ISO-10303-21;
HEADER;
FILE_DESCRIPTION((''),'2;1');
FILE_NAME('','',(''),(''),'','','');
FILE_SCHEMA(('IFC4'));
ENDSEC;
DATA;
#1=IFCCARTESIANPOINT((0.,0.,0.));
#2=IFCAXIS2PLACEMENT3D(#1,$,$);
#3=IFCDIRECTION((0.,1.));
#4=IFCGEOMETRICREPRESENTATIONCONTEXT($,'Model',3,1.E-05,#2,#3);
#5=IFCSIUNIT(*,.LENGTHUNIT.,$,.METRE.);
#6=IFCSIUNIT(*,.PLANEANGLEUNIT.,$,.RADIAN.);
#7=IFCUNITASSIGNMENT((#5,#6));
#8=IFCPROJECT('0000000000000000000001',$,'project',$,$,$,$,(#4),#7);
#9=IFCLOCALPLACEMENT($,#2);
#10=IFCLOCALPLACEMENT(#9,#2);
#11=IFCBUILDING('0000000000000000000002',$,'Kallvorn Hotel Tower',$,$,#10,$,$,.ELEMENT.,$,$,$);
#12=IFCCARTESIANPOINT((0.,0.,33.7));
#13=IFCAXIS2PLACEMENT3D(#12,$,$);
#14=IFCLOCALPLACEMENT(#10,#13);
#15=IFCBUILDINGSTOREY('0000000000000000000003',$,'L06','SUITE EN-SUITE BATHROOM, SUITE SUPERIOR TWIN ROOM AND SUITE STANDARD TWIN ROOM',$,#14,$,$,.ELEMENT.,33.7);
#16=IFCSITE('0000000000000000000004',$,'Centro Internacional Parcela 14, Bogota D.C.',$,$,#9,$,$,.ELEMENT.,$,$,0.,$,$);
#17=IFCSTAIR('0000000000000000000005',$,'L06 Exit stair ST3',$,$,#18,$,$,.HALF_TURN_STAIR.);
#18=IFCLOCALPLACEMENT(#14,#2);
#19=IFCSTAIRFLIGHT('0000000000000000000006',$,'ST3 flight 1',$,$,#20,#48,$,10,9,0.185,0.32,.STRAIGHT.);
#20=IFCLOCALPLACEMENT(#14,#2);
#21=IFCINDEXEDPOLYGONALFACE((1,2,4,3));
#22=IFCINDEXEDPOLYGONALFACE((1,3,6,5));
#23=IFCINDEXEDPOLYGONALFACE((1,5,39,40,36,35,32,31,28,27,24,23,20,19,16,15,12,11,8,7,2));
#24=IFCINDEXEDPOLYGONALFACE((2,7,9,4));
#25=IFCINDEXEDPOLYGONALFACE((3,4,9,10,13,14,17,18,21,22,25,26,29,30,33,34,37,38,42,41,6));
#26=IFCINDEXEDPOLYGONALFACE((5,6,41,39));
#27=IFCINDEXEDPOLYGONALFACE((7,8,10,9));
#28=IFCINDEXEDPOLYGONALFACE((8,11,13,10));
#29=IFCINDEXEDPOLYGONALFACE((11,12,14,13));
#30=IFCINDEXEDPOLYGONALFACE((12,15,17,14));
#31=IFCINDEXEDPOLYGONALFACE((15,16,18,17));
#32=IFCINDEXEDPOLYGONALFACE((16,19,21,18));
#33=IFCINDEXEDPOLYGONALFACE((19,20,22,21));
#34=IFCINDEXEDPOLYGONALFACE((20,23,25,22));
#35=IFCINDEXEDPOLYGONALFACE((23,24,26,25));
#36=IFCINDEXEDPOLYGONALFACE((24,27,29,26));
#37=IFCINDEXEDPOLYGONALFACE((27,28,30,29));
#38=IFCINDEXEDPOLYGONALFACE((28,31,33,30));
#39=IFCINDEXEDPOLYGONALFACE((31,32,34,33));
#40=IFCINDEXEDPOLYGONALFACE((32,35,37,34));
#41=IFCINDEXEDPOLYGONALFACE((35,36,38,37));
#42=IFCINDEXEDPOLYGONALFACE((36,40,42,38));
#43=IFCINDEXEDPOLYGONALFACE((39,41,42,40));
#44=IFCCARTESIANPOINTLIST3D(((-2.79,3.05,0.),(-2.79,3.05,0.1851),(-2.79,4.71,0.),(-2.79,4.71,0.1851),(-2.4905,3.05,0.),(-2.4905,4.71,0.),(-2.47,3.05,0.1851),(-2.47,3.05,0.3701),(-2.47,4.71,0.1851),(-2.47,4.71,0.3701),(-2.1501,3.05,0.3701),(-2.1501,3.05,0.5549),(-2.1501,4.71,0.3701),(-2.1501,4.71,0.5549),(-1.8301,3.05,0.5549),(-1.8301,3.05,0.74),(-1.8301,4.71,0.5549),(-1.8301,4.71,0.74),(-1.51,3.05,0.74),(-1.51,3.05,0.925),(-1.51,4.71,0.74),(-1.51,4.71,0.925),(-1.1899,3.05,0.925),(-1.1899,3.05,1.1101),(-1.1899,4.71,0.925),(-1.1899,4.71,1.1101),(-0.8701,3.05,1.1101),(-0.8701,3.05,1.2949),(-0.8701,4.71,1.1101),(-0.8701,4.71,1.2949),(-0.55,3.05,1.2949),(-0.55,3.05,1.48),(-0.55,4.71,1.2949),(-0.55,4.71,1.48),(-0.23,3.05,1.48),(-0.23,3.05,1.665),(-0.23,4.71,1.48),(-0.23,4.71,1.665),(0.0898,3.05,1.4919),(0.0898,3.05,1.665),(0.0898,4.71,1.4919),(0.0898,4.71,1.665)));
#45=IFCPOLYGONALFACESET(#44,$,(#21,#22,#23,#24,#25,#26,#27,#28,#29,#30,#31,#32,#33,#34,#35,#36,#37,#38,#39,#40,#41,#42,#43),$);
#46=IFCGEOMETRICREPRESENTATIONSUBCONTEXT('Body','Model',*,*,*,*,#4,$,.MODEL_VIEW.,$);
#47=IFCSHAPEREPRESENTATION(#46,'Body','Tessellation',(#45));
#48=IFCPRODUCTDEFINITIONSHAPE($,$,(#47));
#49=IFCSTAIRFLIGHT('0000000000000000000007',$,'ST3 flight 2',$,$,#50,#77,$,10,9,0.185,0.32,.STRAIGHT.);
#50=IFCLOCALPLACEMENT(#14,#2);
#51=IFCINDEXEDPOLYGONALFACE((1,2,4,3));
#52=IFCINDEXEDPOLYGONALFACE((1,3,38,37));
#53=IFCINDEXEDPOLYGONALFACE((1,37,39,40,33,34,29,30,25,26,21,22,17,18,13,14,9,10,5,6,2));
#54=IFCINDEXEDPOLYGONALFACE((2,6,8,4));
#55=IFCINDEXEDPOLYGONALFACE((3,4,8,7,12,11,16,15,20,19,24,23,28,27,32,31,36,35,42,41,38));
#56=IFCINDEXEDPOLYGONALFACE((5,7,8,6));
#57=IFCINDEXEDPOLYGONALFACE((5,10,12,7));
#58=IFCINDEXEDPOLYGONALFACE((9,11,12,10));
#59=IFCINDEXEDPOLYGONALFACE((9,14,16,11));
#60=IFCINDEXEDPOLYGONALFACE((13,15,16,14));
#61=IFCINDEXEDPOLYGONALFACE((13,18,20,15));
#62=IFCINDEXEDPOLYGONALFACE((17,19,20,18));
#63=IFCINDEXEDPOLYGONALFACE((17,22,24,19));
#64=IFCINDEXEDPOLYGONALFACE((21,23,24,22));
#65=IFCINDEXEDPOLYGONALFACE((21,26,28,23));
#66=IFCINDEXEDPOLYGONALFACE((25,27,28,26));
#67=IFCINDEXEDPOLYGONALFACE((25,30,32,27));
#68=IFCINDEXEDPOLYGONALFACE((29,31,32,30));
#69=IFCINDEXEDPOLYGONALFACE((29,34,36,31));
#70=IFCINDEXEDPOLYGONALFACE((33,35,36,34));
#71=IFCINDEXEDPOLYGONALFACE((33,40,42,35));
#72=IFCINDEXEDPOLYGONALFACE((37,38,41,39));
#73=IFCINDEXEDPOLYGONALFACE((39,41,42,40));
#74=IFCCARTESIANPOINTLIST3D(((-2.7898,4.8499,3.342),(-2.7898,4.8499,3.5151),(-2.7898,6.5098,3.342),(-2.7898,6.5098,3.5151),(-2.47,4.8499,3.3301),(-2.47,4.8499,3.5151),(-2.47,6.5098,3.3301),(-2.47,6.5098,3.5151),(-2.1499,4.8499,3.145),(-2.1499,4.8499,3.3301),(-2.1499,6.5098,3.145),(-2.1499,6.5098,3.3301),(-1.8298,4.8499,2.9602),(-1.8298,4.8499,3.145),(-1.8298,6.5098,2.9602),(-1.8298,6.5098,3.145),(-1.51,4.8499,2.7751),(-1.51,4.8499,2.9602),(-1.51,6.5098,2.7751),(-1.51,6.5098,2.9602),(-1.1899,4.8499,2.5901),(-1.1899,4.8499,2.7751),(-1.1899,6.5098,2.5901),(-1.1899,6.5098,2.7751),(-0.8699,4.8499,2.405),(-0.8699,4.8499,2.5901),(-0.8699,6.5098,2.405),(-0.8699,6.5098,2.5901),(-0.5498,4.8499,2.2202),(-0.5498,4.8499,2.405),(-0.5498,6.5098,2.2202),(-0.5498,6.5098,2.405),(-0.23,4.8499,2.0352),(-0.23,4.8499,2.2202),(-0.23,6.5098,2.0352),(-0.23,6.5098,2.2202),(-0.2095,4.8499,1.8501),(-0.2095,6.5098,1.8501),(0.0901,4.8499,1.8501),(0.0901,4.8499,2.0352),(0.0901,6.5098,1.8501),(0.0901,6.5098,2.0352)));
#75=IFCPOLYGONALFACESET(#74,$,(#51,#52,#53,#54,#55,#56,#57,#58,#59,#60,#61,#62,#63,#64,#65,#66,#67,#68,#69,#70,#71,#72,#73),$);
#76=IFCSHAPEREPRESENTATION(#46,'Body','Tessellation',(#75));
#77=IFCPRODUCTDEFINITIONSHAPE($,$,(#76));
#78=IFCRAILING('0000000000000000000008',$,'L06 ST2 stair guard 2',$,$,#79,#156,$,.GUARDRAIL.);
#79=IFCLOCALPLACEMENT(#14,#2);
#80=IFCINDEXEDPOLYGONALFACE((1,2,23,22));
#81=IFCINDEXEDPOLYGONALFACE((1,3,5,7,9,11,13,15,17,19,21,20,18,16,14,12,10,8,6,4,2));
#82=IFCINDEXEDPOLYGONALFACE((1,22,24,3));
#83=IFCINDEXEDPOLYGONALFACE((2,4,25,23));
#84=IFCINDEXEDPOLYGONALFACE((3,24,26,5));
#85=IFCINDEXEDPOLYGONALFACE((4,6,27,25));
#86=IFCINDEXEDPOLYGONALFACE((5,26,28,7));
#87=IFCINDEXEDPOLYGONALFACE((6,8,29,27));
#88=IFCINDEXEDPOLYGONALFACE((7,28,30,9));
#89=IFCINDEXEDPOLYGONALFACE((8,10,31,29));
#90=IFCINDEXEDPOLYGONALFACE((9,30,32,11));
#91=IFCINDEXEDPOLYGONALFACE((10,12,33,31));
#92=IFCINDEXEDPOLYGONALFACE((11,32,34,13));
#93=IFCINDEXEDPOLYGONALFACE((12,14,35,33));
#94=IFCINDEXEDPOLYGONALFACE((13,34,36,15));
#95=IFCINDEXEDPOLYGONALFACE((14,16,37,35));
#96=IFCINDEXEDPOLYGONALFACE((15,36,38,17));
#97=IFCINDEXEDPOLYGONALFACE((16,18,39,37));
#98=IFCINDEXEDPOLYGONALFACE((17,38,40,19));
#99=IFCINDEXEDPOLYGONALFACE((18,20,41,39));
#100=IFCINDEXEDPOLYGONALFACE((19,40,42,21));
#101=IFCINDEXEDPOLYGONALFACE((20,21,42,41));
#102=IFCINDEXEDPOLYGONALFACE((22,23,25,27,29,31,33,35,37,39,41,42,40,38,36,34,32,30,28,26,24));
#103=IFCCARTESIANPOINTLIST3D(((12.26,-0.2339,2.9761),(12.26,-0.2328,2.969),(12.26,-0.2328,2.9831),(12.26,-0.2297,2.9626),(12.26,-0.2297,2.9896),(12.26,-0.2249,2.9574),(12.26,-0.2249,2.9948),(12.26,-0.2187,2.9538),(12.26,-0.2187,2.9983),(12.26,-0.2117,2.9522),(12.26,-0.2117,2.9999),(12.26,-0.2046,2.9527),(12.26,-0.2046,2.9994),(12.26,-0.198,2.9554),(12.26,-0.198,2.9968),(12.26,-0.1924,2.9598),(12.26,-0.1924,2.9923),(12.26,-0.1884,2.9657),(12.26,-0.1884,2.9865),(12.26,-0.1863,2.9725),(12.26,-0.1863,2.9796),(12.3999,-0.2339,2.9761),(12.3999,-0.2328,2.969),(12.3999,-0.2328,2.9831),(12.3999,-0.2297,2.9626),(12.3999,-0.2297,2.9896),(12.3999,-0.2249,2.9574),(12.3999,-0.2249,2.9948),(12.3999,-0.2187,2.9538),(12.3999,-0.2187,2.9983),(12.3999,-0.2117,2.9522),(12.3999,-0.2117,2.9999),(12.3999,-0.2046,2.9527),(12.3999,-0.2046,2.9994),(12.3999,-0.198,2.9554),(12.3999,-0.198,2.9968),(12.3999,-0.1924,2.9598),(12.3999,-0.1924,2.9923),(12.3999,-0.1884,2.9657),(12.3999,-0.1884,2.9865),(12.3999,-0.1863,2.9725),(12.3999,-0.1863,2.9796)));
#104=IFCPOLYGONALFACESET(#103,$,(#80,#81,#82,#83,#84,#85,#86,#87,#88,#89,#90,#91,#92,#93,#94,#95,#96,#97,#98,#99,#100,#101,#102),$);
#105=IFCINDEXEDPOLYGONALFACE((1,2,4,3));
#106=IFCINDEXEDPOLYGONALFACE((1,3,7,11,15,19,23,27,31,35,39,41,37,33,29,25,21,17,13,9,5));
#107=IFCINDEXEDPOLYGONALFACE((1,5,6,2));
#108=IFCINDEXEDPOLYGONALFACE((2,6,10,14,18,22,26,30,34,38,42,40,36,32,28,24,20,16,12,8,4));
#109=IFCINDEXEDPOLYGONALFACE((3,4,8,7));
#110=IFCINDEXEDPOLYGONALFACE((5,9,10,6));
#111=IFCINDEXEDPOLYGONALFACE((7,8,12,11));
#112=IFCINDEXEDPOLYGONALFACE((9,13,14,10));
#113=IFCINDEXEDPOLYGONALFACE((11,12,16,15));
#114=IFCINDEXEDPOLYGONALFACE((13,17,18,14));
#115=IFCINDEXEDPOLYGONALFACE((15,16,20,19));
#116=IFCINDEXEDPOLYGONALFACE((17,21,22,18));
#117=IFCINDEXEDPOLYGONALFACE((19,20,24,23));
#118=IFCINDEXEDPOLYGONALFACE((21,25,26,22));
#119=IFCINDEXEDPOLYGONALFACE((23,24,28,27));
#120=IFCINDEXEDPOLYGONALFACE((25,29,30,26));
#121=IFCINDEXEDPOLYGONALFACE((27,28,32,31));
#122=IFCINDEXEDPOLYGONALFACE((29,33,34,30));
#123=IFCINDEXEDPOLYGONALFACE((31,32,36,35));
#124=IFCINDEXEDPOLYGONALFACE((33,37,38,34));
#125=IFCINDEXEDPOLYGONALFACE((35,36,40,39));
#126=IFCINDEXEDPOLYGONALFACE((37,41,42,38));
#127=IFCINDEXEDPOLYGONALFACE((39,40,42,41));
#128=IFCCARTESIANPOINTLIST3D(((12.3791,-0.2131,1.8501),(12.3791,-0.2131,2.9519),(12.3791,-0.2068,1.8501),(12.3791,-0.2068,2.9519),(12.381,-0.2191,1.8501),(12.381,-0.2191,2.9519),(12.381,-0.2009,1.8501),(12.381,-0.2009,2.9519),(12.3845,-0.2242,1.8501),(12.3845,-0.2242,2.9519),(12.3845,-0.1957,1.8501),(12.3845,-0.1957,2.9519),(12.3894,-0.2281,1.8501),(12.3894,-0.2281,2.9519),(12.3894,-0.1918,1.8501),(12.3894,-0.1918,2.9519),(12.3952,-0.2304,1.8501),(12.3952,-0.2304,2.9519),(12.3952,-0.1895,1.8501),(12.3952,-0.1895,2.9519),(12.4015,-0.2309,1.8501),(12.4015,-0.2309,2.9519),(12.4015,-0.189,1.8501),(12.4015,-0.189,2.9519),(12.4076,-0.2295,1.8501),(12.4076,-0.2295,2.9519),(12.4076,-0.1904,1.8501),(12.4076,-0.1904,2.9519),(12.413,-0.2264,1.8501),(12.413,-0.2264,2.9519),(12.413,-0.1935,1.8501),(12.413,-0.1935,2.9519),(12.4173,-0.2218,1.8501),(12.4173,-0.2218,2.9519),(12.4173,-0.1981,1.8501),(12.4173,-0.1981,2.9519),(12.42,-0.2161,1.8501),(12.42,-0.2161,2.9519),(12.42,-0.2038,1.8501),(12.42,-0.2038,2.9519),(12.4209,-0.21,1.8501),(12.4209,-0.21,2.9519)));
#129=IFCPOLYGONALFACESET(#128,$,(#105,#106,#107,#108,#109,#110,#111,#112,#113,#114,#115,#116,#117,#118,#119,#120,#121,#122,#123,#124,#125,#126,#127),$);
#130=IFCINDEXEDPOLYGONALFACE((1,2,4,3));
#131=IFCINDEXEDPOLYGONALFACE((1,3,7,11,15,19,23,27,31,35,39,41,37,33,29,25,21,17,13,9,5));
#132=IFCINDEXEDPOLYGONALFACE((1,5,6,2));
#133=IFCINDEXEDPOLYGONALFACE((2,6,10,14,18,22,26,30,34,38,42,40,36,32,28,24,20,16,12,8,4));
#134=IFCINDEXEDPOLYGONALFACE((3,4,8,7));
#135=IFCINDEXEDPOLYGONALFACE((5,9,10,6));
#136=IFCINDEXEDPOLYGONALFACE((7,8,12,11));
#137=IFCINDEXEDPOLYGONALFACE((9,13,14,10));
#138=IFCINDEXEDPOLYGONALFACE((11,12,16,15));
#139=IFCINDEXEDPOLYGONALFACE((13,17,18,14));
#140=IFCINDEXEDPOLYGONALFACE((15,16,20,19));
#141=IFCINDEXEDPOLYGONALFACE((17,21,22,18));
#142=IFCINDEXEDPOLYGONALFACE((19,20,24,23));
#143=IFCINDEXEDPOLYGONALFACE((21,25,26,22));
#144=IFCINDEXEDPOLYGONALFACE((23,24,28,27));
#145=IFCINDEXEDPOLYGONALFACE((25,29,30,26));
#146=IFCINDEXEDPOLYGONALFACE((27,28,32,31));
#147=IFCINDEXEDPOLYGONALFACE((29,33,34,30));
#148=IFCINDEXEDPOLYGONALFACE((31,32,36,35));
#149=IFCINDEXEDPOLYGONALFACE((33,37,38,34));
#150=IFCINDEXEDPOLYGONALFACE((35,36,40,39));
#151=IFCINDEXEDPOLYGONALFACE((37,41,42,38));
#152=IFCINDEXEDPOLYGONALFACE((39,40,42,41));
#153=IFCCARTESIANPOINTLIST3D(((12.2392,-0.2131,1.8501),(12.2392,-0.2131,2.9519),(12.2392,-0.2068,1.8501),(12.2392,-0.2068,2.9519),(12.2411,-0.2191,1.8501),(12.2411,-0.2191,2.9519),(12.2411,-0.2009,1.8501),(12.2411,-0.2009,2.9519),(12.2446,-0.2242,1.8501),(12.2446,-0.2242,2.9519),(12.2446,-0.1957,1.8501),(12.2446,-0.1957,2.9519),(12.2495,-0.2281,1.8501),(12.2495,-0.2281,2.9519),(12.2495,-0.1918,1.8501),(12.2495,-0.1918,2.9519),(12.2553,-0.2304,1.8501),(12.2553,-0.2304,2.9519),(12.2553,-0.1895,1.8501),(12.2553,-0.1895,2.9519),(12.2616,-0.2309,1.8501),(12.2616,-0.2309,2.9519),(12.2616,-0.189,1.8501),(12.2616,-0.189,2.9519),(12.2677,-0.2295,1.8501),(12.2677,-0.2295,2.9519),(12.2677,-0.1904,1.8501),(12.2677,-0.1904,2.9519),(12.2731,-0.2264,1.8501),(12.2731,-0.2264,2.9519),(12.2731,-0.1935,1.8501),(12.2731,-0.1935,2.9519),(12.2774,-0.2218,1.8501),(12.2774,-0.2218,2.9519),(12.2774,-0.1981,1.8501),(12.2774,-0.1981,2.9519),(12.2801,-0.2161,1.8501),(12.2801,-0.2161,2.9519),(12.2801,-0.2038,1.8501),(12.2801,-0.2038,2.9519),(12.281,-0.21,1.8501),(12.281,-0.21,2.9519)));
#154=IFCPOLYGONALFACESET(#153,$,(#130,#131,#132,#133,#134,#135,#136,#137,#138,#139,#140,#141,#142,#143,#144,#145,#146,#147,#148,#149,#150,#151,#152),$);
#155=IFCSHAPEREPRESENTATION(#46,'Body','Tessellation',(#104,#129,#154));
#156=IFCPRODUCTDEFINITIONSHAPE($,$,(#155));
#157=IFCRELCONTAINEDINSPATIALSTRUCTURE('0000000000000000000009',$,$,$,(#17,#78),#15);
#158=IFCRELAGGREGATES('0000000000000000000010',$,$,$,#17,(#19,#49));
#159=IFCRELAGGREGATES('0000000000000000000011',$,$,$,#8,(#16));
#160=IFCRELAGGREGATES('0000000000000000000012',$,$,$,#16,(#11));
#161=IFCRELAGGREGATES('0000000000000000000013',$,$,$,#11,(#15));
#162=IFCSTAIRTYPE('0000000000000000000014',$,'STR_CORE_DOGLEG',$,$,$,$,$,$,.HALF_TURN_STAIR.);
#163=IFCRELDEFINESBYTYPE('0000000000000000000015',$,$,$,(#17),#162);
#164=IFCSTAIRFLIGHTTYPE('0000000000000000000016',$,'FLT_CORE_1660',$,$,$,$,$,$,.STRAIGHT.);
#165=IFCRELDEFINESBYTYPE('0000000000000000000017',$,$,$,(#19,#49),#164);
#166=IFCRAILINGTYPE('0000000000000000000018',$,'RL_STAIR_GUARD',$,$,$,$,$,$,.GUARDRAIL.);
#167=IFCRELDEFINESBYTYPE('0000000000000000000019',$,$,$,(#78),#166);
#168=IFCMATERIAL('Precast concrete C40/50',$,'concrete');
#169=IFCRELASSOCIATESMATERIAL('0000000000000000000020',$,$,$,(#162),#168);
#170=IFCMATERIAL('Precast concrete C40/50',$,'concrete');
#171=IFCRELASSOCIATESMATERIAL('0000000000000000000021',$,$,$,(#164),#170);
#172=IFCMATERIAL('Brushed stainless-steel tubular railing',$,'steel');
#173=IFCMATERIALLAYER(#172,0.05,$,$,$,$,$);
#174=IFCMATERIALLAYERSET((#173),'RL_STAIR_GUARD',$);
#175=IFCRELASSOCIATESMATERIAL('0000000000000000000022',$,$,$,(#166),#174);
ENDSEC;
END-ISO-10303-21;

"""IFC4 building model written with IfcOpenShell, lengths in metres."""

from ifc_helpers import new_model, si_unit, direction, frame, origin, origin_2d, place, context, subcontext, project, spatial, polyline, circle, outline, extrude, material, layer, layer_set, type_object, element, aggregate, save


model = new_model("IFC4")

# Units and contexts
model_context = context("Model", 3, precision=1e-05, world=origin(), true_north=direction((0.0, 1.0)))
body_context = subcontext(model_context, "Body", "Model", "MODEL_VIEW")
ifc_project = project(units=[si_unit("LENGTHUNIT", "METRE"), si_unit("PLANEANGLEUNIT", "RADIAN")], contexts=[model_context])

# Site, building, storey
site_placement = place(None, origin())
site = spatial("IfcSite", under=ifc_project, at=site_placement, Name="Centro Internacional Parcela 14, Bogota D.C.", CompositionType="ELEMENT", RefElevation=0.0)
building_placement = place(site_placement, origin())
building = spatial("IfcBuilding", under=site, at=building_placement, Name="Kallvorn Hotel Tower", CompositionType="ELEMENT")
storey_placement = place(building_placement, frame((0.0, 0.0, 33.7)))
storey = spatial("IfcBuildingStorey", under=building, at=storey_placement, Name="L06", Description="SUITE EN-SUITE BATHROOM, SUITE SUPERIOR TWIN ROOM AND SUITE STANDARD TWIN ROOM", CompositionType="ELEMENT", Elevation=33.7)

# Stair
ifc_material_1 = material(Name="Precast concrete C40/50", Category="concrete")
stair_type = type_object("IfcStairType", Name="STR_CORE_DOGLEG", PredefinedType="HALF_TURN_STAIR", material=ifc_material_1)
stair_1_placement = place(storey_placement, origin())
stair_1 = element("IfcStair", 1, at=stair_1_placement, inside=storey, type_object=stair_type, Name="L06 Exit stair ST3", PredefinedType="HALF_TURN_STAIR")

# Stair flights
ifc_material_2 = material(Name="Precast concrete C40/50", Category="concrete")
stair_flight_type = type_object("IfcStairFlightType", Name="FLT_CORE_1660", PredefinedType="STRAIGHT", material=ifc_material_2)
stair_flight_1_placement = place(storey_placement, frame((-2.79, 3.8799, 0.0), z_axis=(0.0, 0.0, 1.0), x_axis=(1.0, 0.0, 0.0)))
stair_flight_1 = element("IfcStairFlight", 2, at=stair_flight_1_placement, type_object=stair_flight_type, Name="ST3 flight 1", NumberOfRisers=10, NumberOfTreads=9, PredefinedType="STRAIGHT", RiserHeight=0.185, TreadLength=0.32, context=body_context, shape_type="SweptSolid", body=[
    extrude(outline(polyline([(0.0, 0.0), (0.0, 0.1851), (0.3201, 0.1851), (0.3201, 0.3701), (0.6399, 0.3701), (0.6399, 0.5549), (0.96, 0.5549), (0.96, 0.74), (1.28, 0.74), (1.28, 0.925), (1.6001, 0.925), (1.6001, 1.1101), (1.9199, 1.1101), (1.9199, 1.2949), (2.24, 1.2949), (2.24, 1.48), (2.5601, 1.48), (2.5601, 1.665), (2.8799, 1.665), (2.8799, 1.8501), (2.8799, 1.4919), (0.2996, 0.0), (0.0, 0.0)])), frame((0.0, 0.8301, 0.0), z_axis=(0.0, -1.0, 0.0), x_axis=(1.0, 0.0, 0.0)), (0.0, 0.0, 1.0), 1.6599),
])
stair_flight_2_placement = place(storey_placement, frame((0.0901, 5.6799, 1.8501), z_axis=(0.0, 0.0, 1.0), x_axis=(-1.0, 0.0, 0.0)))
stair_flight_2 = element("IfcStairFlight", 3, at=stair_flight_2_placement, type_object=stair_flight_type, Name="ST3 flight 2", NumberOfRisers=10, NumberOfTreads=9, PredefinedType="STRAIGHT", RiserHeight=0.185, TreadLength=0.32, context=body_context, shape_type="SweptSolid", body=[
    extrude(outline(polyline([(0.0, 0.0), (0.0, 0.1851), (0.3201, 0.1851), (0.3201, 0.3701), (0.6399, 0.3701), (0.6399, 0.5549), (0.96, 0.5549), (0.96, 0.74), (1.28, 0.74), (1.28, 0.925), (1.6001, 0.925), (1.6001, 1.1101), (1.9199, 1.1101), (1.9199, 1.2949), (2.24, 1.2949), (2.24, 1.48), (2.5601, 1.48), (2.5601, 1.665), (2.8799, 1.665), (2.8799, 1.8501), (2.8799, 1.4919), (0.2996, 0.0), (0.0, 0.0)])), frame((0.0, 0.8301, 0.0), z_axis=(0.0, -1.0, 0.0), x_axis=(1.0, 0.0, 0.0)), (0.0, 0.0, 1.0), 1.6599),
])
aggregate(stair_1, [stair_flight_1, stair_flight_2])

# Railing
ifc_material_3 = material(Name="Brushed stainless-steel tubular railing", Category="steel")
ifc_layer_1 = layer(ifc_material_3, 0.05)
ifc_layer_set_1 = layer_set([ifc_layer_1], Name="RL_STAIR_GUARD")
railing_type_1 = type_object("IfcRailingType", Name="RL_STAIR_GUARD", PredefinedType="GUARDRAIL", material=ifc_layer_set_1)
railing_1_placement = place(storey_placement, frame((12.3999, -0.21, 1.8501)))
element("IfcRailing", 4, at=railing_1_placement, inside=storey, type_object=railing_type_1, Name="L06 ST2 stair guard 2", PredefinedType="GUARDRAIL", context=body_context, shape_type="SweptSolid", body=[
    extrude(circle(Radius=0.0239, at=origin_2d()), frame((0.0, 0.0, 1.126), z_axis=(-1.0, 0.0, 0.0), x_axis=(0.0, -1.0, 0.0)), (0.0, 0.0, 1.0), 0.1399),
    extrude(circle(Radius=0.021, at=origin_2d()), origin(), (0.0, 0.0, 1.0), 1.1018),
    extrude(circle(Radius=0.021, at=origin_2d()), frame((-0.1399, 0.0, 0.0)), (0.0, 0.0, 1.0), 1.1018),
])

save(model, "model.ifc")
